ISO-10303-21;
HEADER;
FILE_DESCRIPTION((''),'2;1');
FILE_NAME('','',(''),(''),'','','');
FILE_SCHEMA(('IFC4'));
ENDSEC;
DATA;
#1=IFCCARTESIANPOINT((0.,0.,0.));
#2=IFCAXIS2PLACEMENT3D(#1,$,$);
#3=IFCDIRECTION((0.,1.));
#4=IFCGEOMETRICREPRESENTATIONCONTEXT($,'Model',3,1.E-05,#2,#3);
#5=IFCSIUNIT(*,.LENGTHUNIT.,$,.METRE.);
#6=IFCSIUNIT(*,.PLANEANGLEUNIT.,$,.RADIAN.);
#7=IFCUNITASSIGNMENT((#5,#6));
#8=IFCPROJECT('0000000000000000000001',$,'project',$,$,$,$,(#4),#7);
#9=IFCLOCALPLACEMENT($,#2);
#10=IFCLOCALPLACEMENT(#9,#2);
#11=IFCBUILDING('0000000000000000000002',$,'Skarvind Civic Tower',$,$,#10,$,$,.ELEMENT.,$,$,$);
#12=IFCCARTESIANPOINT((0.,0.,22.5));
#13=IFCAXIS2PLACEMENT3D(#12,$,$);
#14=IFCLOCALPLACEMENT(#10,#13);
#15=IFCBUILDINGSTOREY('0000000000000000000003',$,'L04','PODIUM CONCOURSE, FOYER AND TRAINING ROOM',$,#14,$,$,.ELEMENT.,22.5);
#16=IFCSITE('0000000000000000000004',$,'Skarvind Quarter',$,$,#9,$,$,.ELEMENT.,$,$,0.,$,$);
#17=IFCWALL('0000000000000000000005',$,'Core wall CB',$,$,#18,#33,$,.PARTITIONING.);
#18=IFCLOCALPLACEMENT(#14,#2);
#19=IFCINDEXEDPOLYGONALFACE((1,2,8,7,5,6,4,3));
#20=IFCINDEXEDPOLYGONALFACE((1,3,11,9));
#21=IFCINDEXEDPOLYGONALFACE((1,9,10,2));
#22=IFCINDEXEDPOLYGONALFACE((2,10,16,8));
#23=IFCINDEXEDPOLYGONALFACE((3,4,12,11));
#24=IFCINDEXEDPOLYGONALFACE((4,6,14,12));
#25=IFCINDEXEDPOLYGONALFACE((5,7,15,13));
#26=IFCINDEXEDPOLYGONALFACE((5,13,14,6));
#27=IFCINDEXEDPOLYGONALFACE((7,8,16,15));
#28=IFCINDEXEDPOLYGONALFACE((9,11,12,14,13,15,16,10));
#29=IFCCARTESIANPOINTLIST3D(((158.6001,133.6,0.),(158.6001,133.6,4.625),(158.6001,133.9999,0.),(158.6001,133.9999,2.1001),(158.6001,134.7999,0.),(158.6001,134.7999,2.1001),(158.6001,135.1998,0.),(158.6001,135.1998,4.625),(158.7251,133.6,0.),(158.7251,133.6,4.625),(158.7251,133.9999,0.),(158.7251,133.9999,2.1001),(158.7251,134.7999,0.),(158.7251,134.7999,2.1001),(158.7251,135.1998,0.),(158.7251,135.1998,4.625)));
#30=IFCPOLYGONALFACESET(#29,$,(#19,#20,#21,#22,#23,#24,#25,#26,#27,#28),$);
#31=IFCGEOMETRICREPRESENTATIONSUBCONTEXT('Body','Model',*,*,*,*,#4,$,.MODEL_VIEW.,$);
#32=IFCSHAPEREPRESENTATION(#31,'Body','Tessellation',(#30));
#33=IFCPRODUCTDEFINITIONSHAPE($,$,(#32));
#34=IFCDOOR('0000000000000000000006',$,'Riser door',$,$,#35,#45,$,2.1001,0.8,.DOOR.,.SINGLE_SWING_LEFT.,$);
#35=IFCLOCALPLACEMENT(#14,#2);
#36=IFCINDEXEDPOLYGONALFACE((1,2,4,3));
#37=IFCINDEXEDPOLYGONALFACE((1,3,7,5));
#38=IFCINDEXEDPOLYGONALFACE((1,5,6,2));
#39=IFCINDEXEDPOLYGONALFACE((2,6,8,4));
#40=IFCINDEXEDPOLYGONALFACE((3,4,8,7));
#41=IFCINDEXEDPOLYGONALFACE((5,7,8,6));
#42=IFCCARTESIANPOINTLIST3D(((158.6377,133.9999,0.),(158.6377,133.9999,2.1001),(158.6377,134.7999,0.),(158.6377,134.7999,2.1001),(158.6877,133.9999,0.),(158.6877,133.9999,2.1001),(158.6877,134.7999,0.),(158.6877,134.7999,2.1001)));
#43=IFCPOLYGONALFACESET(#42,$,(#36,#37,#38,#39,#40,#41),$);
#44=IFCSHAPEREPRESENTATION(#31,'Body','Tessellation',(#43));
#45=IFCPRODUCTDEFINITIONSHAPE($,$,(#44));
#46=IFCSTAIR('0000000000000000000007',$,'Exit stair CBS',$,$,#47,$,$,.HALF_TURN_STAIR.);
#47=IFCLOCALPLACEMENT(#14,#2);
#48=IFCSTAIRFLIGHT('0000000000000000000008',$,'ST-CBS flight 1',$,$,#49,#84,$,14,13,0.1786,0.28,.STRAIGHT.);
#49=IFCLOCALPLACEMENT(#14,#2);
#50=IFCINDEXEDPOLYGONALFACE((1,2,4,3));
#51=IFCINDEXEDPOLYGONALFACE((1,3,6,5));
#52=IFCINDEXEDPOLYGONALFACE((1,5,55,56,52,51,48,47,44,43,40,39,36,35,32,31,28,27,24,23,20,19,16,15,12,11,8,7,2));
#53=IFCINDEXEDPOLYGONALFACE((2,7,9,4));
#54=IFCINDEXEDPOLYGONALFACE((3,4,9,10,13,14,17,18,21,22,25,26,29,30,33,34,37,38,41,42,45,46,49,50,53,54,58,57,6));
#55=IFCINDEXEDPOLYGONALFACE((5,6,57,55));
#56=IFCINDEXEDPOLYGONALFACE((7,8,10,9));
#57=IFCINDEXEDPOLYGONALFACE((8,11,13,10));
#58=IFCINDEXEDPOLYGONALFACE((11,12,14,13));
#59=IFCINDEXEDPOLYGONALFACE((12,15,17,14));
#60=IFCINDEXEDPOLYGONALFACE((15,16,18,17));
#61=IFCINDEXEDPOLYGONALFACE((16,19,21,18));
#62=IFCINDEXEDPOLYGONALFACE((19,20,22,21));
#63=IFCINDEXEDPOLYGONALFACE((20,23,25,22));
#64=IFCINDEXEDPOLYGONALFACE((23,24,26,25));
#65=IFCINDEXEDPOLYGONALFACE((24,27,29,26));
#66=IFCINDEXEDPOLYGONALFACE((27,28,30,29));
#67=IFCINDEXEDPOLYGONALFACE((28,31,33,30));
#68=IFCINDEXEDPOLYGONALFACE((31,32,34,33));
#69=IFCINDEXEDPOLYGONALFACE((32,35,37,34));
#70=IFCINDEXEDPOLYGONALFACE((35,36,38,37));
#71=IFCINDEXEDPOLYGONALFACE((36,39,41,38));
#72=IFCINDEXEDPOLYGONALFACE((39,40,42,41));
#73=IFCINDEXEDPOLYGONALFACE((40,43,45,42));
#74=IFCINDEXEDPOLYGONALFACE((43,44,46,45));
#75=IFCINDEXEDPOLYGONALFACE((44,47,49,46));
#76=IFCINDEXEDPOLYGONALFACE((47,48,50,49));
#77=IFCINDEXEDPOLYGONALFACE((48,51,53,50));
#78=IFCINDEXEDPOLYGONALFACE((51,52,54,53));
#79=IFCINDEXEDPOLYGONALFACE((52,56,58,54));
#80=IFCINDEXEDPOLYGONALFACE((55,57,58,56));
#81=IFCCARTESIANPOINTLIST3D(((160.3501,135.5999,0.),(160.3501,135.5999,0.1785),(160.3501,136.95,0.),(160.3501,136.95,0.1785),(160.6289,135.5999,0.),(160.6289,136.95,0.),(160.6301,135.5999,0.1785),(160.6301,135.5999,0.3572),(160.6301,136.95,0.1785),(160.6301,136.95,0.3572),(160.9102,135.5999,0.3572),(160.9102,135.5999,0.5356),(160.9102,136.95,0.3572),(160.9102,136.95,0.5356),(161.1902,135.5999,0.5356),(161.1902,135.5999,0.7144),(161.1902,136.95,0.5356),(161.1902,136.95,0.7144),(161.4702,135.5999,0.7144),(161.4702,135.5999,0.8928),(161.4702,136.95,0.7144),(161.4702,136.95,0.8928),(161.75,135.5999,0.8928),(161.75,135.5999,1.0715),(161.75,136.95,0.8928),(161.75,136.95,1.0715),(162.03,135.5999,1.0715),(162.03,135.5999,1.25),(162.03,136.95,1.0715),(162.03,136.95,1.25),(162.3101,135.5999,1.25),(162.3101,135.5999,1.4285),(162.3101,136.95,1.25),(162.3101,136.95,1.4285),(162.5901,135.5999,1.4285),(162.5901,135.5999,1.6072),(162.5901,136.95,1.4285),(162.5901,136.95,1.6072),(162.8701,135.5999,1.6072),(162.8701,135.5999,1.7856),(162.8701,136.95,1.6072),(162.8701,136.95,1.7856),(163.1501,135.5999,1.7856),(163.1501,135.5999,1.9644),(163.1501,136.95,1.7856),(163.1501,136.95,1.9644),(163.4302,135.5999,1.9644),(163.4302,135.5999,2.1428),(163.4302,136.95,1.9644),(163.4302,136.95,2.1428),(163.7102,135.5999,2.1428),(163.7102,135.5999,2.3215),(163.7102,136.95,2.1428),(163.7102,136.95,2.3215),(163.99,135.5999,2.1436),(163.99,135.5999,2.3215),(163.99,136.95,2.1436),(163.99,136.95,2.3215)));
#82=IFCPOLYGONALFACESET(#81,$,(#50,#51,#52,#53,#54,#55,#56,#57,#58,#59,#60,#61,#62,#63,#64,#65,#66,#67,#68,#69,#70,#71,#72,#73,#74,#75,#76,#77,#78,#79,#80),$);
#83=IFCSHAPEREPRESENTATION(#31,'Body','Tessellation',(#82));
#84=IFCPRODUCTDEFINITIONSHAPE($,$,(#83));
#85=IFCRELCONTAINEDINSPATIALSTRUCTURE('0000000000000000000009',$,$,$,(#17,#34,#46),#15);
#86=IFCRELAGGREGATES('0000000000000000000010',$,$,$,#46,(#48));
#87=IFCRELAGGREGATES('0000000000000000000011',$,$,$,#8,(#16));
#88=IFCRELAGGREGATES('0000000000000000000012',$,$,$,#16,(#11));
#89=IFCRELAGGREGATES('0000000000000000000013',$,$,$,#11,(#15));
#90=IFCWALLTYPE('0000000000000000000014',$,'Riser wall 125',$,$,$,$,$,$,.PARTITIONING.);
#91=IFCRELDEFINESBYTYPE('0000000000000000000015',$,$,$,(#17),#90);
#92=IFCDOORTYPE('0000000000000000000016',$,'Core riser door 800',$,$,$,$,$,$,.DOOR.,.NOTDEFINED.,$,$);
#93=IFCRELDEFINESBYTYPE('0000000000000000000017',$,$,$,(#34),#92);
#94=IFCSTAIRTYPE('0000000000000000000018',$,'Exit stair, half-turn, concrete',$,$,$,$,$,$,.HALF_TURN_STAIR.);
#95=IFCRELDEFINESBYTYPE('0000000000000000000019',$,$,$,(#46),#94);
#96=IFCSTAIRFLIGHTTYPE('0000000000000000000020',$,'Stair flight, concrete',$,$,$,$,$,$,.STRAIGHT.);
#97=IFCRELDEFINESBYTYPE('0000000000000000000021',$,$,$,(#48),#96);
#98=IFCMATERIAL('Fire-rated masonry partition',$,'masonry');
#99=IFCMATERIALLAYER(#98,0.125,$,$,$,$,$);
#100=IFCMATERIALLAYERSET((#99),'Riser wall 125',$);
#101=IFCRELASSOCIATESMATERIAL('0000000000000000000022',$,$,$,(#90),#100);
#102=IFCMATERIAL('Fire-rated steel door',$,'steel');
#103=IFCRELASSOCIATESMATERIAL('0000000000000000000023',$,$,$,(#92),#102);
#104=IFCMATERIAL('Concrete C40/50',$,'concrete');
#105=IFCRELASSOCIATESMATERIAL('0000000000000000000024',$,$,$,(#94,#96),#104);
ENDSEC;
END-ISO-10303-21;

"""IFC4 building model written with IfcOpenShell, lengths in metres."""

from ifc_helpers import new_model, si_unit, direction, frame, frame_2d, origin, place, context, subcontext, project, spatial, polyline, rectangle, outline, extrude, material, layer, layer_set, type_object, element, fill, aggregate, save


model = new_model("IFC4")

# Units and contexts
model_context = context("Model", 3, precision=1e-05, world=origin(), true_north=direction((0.0, 1.0)))
body_context = subcontext(model_context, "Body", "Model", "MODEL_VIEW")
ifc_project = project(units=[si_unit("LENGTHUNIT", "METRE"), si_unit("PLANEANGLEUNIT", "RADIAN")], contexts=[model_context])

# Site, building, storey
site_placement = place(None, origin())
site = spatial("IfcSite", under=ifc_project, at=site_placement, Name="Skarvind Quarter", CompositionType="ELEMENT", RefElevation=0.0)
building_placement = place(site_placement, origin())
building = spatial("IfcBuilding", under=site, at=building_placement, Name="Skarvind Civic Tower", CompositionType="ELEMENT")
storey_placement = place(building_placement, frame((0.0, 0.0, 22.5)))
storey = spatial("IfcBuildingStorey", under=building, at=storey_placement, Name="L04", Description="PODIUM CONCOURSE, FOYER AND TRAINING ROOM", CompositionType="ELEMENT", Elevation=22.5)

# Shared definitions
ifc_material_1 = material(Name="Fire-rated masonry partition", Category="masonry")
ifc_material_2 = material(Name="Fire-rated steel door", Category="steel")

# Wall, opening, door
ifc_layer_1 = layer(ifc_material_1, 0.125)
ifc_layer_set_1 = layer_set([ifc_layer_1], Name="Riser wall 125")
wall_type_1 = type_object("IfcWallType", Name="Riser wall 125", PredefinedType="PARTITIONING", material=ifc_layer_set_1)
wall_1_placement = place(storey_placement, frame((158.6626, 133.6001, 0.0), z_axis=(0.0, 0.0, 1.0), x_axis=(0.0, 1.0, 0.0)))
wall_1 = element("IfcWall", 1, at=wall_1_placement, inside=storey, type_object=wall_type_1, Name="Core wall CB", PredefinedType="PARTITIONING", context=body_context, shape_type="SweptSolid", body=[
    extrude(rectangle(XDim=1.5999, YDim=0.125, at=frame_2d((0.7998, 0.0))), origin(), (0.0, 0.0, 1.0), 4.625),
])
opening_1_placement = place(wall_1_placement, frame((0.3999, 0.0, 0.0)))
opening_1 = element("IfcOpeningElement", 2, at=opening_1_placement, cuts=wall_1, PredefinedType="OPENING", context=body_context, shape_type="SweptSolid", body=[
    extrude(rectangle(XDim=0.8, YDim=2.1001, at=frame_2d((0.3999, 1.05))), frame((0.0, 0.0725, 0.0), z_axis=(0.0, -1.0, 0.0), x_axis=(1.0, 0.0, 0.0)), (0.0, 0.0, 1.0), 0.145),
])
door_type_1 = type_object("IfcDoorType", Name="Core riser door 800", OperationType="NOTDEFINED", PredefinedType="DOOR", material=ifc_material_2)
door_1_placement = place(opening_1_placement, origin())
door_1 = element("IfcDoor", 3, at=door_1_placement, inside=storey, type_object=door_type_1, Name="Riser door", OperationType="SINGLE_SWING_LEFT", OverallHeight=2.1001, OverallWidth=0.8, PredefinedType="DOOR", context=body_context, shape_type="SweptSolid", body=[
    extrude(rectangle(XDim=0.8, YDim=2.1001, at=frame_2d((0.3999, 1.05))), frame((0.0, 0.0249, 0.0), z_axis=(0.0, -1.0, 0.0), x_axis=(1.0, 0.0, 0.0)), (0.0, 0.0, 1.0), 0.05),
])
fill(opening_1, door_1)

# Stair, stair flight
ifc_material_3 = material(Name="Concrete C40/50", Category="concrete")
stair_type = type_object("IfcStairType", Name="Exit stair, half-turn, concrete", PredefinedType="HALF_TURN_STAIR", material=ifc_material_3)
stair_placement = place(storey_placement, origin())
stair = element("IfcStair", 4, at=stair_placement, inside=storey, type_object=stair_type, Name="Exit stair CBS", PredefinedType="HALF_TURN_STAIR")
stair_flight_type = type_object("IfcStairFlightType", Name="Stair flight, concrete", PredefinedType="STRAIGHT", material=ifc_material_3)
stair_flight_placement = place(storey_placement, frame((160.3501, 136.2749, 0.0), z_axis=(0.0, 0.0, 1.0), x_axis=(1.0, 0.0, 0.0)))
stair_flight = element("IfcStairFlight", 5, at=stair_flight_placement, type_object=stair_flight_type, Name="ST-CBS flight 1", NumberOfRisers=14, NumberOfTreads=13, PredefinedType="STRAIGHT", RiserHeight=0.1786, TreadLength=0.28, context=body_context, shape_type="SweptSolid", body=[
    extrude(outline(polyline([(0.0, 0.0), (0.0, 0.1785), (0.28, 0.1785), (0.28, 0.3572), (0.5601, 0.3572), (0.5601, 0.5356), (0.8401, 0.5356), (0.8401, 0.7144), (1.1201, 0.7144), (1.1201, 0.8928), (1.3999, 0.8928), (1.3999, 1.0715), (1.6799, 1.0715), (1.6799, 1.25), (1.96, 1.25), (1.96, 1.4285), (2.24, 1.4285), (2.24, 1.6072), (2.52, 1.6072), (2.52, 1.7856), (2.8, 1.7856), (2.8, 1.9644), (3.0801, 1.9644), (3.0801, 2.1428), (3.3601, 2.1428), (3.3601, 2.3215), (3.6399, 2.3215), (3.6399, 2.5), (3.6399, 2.1436), (0.2788, 0.0), (0.0, 0.0)])), frame((0.0, 0.675, 0.0), z_axis=(0.0, -1.0, 0.0), x_axis=(1.0, 0.0, 0.0)), (0.0, 0.0, 1.0), 1.3501),
])
aggregate(stair, [stair_flight])

save(model, "model.ifc")
